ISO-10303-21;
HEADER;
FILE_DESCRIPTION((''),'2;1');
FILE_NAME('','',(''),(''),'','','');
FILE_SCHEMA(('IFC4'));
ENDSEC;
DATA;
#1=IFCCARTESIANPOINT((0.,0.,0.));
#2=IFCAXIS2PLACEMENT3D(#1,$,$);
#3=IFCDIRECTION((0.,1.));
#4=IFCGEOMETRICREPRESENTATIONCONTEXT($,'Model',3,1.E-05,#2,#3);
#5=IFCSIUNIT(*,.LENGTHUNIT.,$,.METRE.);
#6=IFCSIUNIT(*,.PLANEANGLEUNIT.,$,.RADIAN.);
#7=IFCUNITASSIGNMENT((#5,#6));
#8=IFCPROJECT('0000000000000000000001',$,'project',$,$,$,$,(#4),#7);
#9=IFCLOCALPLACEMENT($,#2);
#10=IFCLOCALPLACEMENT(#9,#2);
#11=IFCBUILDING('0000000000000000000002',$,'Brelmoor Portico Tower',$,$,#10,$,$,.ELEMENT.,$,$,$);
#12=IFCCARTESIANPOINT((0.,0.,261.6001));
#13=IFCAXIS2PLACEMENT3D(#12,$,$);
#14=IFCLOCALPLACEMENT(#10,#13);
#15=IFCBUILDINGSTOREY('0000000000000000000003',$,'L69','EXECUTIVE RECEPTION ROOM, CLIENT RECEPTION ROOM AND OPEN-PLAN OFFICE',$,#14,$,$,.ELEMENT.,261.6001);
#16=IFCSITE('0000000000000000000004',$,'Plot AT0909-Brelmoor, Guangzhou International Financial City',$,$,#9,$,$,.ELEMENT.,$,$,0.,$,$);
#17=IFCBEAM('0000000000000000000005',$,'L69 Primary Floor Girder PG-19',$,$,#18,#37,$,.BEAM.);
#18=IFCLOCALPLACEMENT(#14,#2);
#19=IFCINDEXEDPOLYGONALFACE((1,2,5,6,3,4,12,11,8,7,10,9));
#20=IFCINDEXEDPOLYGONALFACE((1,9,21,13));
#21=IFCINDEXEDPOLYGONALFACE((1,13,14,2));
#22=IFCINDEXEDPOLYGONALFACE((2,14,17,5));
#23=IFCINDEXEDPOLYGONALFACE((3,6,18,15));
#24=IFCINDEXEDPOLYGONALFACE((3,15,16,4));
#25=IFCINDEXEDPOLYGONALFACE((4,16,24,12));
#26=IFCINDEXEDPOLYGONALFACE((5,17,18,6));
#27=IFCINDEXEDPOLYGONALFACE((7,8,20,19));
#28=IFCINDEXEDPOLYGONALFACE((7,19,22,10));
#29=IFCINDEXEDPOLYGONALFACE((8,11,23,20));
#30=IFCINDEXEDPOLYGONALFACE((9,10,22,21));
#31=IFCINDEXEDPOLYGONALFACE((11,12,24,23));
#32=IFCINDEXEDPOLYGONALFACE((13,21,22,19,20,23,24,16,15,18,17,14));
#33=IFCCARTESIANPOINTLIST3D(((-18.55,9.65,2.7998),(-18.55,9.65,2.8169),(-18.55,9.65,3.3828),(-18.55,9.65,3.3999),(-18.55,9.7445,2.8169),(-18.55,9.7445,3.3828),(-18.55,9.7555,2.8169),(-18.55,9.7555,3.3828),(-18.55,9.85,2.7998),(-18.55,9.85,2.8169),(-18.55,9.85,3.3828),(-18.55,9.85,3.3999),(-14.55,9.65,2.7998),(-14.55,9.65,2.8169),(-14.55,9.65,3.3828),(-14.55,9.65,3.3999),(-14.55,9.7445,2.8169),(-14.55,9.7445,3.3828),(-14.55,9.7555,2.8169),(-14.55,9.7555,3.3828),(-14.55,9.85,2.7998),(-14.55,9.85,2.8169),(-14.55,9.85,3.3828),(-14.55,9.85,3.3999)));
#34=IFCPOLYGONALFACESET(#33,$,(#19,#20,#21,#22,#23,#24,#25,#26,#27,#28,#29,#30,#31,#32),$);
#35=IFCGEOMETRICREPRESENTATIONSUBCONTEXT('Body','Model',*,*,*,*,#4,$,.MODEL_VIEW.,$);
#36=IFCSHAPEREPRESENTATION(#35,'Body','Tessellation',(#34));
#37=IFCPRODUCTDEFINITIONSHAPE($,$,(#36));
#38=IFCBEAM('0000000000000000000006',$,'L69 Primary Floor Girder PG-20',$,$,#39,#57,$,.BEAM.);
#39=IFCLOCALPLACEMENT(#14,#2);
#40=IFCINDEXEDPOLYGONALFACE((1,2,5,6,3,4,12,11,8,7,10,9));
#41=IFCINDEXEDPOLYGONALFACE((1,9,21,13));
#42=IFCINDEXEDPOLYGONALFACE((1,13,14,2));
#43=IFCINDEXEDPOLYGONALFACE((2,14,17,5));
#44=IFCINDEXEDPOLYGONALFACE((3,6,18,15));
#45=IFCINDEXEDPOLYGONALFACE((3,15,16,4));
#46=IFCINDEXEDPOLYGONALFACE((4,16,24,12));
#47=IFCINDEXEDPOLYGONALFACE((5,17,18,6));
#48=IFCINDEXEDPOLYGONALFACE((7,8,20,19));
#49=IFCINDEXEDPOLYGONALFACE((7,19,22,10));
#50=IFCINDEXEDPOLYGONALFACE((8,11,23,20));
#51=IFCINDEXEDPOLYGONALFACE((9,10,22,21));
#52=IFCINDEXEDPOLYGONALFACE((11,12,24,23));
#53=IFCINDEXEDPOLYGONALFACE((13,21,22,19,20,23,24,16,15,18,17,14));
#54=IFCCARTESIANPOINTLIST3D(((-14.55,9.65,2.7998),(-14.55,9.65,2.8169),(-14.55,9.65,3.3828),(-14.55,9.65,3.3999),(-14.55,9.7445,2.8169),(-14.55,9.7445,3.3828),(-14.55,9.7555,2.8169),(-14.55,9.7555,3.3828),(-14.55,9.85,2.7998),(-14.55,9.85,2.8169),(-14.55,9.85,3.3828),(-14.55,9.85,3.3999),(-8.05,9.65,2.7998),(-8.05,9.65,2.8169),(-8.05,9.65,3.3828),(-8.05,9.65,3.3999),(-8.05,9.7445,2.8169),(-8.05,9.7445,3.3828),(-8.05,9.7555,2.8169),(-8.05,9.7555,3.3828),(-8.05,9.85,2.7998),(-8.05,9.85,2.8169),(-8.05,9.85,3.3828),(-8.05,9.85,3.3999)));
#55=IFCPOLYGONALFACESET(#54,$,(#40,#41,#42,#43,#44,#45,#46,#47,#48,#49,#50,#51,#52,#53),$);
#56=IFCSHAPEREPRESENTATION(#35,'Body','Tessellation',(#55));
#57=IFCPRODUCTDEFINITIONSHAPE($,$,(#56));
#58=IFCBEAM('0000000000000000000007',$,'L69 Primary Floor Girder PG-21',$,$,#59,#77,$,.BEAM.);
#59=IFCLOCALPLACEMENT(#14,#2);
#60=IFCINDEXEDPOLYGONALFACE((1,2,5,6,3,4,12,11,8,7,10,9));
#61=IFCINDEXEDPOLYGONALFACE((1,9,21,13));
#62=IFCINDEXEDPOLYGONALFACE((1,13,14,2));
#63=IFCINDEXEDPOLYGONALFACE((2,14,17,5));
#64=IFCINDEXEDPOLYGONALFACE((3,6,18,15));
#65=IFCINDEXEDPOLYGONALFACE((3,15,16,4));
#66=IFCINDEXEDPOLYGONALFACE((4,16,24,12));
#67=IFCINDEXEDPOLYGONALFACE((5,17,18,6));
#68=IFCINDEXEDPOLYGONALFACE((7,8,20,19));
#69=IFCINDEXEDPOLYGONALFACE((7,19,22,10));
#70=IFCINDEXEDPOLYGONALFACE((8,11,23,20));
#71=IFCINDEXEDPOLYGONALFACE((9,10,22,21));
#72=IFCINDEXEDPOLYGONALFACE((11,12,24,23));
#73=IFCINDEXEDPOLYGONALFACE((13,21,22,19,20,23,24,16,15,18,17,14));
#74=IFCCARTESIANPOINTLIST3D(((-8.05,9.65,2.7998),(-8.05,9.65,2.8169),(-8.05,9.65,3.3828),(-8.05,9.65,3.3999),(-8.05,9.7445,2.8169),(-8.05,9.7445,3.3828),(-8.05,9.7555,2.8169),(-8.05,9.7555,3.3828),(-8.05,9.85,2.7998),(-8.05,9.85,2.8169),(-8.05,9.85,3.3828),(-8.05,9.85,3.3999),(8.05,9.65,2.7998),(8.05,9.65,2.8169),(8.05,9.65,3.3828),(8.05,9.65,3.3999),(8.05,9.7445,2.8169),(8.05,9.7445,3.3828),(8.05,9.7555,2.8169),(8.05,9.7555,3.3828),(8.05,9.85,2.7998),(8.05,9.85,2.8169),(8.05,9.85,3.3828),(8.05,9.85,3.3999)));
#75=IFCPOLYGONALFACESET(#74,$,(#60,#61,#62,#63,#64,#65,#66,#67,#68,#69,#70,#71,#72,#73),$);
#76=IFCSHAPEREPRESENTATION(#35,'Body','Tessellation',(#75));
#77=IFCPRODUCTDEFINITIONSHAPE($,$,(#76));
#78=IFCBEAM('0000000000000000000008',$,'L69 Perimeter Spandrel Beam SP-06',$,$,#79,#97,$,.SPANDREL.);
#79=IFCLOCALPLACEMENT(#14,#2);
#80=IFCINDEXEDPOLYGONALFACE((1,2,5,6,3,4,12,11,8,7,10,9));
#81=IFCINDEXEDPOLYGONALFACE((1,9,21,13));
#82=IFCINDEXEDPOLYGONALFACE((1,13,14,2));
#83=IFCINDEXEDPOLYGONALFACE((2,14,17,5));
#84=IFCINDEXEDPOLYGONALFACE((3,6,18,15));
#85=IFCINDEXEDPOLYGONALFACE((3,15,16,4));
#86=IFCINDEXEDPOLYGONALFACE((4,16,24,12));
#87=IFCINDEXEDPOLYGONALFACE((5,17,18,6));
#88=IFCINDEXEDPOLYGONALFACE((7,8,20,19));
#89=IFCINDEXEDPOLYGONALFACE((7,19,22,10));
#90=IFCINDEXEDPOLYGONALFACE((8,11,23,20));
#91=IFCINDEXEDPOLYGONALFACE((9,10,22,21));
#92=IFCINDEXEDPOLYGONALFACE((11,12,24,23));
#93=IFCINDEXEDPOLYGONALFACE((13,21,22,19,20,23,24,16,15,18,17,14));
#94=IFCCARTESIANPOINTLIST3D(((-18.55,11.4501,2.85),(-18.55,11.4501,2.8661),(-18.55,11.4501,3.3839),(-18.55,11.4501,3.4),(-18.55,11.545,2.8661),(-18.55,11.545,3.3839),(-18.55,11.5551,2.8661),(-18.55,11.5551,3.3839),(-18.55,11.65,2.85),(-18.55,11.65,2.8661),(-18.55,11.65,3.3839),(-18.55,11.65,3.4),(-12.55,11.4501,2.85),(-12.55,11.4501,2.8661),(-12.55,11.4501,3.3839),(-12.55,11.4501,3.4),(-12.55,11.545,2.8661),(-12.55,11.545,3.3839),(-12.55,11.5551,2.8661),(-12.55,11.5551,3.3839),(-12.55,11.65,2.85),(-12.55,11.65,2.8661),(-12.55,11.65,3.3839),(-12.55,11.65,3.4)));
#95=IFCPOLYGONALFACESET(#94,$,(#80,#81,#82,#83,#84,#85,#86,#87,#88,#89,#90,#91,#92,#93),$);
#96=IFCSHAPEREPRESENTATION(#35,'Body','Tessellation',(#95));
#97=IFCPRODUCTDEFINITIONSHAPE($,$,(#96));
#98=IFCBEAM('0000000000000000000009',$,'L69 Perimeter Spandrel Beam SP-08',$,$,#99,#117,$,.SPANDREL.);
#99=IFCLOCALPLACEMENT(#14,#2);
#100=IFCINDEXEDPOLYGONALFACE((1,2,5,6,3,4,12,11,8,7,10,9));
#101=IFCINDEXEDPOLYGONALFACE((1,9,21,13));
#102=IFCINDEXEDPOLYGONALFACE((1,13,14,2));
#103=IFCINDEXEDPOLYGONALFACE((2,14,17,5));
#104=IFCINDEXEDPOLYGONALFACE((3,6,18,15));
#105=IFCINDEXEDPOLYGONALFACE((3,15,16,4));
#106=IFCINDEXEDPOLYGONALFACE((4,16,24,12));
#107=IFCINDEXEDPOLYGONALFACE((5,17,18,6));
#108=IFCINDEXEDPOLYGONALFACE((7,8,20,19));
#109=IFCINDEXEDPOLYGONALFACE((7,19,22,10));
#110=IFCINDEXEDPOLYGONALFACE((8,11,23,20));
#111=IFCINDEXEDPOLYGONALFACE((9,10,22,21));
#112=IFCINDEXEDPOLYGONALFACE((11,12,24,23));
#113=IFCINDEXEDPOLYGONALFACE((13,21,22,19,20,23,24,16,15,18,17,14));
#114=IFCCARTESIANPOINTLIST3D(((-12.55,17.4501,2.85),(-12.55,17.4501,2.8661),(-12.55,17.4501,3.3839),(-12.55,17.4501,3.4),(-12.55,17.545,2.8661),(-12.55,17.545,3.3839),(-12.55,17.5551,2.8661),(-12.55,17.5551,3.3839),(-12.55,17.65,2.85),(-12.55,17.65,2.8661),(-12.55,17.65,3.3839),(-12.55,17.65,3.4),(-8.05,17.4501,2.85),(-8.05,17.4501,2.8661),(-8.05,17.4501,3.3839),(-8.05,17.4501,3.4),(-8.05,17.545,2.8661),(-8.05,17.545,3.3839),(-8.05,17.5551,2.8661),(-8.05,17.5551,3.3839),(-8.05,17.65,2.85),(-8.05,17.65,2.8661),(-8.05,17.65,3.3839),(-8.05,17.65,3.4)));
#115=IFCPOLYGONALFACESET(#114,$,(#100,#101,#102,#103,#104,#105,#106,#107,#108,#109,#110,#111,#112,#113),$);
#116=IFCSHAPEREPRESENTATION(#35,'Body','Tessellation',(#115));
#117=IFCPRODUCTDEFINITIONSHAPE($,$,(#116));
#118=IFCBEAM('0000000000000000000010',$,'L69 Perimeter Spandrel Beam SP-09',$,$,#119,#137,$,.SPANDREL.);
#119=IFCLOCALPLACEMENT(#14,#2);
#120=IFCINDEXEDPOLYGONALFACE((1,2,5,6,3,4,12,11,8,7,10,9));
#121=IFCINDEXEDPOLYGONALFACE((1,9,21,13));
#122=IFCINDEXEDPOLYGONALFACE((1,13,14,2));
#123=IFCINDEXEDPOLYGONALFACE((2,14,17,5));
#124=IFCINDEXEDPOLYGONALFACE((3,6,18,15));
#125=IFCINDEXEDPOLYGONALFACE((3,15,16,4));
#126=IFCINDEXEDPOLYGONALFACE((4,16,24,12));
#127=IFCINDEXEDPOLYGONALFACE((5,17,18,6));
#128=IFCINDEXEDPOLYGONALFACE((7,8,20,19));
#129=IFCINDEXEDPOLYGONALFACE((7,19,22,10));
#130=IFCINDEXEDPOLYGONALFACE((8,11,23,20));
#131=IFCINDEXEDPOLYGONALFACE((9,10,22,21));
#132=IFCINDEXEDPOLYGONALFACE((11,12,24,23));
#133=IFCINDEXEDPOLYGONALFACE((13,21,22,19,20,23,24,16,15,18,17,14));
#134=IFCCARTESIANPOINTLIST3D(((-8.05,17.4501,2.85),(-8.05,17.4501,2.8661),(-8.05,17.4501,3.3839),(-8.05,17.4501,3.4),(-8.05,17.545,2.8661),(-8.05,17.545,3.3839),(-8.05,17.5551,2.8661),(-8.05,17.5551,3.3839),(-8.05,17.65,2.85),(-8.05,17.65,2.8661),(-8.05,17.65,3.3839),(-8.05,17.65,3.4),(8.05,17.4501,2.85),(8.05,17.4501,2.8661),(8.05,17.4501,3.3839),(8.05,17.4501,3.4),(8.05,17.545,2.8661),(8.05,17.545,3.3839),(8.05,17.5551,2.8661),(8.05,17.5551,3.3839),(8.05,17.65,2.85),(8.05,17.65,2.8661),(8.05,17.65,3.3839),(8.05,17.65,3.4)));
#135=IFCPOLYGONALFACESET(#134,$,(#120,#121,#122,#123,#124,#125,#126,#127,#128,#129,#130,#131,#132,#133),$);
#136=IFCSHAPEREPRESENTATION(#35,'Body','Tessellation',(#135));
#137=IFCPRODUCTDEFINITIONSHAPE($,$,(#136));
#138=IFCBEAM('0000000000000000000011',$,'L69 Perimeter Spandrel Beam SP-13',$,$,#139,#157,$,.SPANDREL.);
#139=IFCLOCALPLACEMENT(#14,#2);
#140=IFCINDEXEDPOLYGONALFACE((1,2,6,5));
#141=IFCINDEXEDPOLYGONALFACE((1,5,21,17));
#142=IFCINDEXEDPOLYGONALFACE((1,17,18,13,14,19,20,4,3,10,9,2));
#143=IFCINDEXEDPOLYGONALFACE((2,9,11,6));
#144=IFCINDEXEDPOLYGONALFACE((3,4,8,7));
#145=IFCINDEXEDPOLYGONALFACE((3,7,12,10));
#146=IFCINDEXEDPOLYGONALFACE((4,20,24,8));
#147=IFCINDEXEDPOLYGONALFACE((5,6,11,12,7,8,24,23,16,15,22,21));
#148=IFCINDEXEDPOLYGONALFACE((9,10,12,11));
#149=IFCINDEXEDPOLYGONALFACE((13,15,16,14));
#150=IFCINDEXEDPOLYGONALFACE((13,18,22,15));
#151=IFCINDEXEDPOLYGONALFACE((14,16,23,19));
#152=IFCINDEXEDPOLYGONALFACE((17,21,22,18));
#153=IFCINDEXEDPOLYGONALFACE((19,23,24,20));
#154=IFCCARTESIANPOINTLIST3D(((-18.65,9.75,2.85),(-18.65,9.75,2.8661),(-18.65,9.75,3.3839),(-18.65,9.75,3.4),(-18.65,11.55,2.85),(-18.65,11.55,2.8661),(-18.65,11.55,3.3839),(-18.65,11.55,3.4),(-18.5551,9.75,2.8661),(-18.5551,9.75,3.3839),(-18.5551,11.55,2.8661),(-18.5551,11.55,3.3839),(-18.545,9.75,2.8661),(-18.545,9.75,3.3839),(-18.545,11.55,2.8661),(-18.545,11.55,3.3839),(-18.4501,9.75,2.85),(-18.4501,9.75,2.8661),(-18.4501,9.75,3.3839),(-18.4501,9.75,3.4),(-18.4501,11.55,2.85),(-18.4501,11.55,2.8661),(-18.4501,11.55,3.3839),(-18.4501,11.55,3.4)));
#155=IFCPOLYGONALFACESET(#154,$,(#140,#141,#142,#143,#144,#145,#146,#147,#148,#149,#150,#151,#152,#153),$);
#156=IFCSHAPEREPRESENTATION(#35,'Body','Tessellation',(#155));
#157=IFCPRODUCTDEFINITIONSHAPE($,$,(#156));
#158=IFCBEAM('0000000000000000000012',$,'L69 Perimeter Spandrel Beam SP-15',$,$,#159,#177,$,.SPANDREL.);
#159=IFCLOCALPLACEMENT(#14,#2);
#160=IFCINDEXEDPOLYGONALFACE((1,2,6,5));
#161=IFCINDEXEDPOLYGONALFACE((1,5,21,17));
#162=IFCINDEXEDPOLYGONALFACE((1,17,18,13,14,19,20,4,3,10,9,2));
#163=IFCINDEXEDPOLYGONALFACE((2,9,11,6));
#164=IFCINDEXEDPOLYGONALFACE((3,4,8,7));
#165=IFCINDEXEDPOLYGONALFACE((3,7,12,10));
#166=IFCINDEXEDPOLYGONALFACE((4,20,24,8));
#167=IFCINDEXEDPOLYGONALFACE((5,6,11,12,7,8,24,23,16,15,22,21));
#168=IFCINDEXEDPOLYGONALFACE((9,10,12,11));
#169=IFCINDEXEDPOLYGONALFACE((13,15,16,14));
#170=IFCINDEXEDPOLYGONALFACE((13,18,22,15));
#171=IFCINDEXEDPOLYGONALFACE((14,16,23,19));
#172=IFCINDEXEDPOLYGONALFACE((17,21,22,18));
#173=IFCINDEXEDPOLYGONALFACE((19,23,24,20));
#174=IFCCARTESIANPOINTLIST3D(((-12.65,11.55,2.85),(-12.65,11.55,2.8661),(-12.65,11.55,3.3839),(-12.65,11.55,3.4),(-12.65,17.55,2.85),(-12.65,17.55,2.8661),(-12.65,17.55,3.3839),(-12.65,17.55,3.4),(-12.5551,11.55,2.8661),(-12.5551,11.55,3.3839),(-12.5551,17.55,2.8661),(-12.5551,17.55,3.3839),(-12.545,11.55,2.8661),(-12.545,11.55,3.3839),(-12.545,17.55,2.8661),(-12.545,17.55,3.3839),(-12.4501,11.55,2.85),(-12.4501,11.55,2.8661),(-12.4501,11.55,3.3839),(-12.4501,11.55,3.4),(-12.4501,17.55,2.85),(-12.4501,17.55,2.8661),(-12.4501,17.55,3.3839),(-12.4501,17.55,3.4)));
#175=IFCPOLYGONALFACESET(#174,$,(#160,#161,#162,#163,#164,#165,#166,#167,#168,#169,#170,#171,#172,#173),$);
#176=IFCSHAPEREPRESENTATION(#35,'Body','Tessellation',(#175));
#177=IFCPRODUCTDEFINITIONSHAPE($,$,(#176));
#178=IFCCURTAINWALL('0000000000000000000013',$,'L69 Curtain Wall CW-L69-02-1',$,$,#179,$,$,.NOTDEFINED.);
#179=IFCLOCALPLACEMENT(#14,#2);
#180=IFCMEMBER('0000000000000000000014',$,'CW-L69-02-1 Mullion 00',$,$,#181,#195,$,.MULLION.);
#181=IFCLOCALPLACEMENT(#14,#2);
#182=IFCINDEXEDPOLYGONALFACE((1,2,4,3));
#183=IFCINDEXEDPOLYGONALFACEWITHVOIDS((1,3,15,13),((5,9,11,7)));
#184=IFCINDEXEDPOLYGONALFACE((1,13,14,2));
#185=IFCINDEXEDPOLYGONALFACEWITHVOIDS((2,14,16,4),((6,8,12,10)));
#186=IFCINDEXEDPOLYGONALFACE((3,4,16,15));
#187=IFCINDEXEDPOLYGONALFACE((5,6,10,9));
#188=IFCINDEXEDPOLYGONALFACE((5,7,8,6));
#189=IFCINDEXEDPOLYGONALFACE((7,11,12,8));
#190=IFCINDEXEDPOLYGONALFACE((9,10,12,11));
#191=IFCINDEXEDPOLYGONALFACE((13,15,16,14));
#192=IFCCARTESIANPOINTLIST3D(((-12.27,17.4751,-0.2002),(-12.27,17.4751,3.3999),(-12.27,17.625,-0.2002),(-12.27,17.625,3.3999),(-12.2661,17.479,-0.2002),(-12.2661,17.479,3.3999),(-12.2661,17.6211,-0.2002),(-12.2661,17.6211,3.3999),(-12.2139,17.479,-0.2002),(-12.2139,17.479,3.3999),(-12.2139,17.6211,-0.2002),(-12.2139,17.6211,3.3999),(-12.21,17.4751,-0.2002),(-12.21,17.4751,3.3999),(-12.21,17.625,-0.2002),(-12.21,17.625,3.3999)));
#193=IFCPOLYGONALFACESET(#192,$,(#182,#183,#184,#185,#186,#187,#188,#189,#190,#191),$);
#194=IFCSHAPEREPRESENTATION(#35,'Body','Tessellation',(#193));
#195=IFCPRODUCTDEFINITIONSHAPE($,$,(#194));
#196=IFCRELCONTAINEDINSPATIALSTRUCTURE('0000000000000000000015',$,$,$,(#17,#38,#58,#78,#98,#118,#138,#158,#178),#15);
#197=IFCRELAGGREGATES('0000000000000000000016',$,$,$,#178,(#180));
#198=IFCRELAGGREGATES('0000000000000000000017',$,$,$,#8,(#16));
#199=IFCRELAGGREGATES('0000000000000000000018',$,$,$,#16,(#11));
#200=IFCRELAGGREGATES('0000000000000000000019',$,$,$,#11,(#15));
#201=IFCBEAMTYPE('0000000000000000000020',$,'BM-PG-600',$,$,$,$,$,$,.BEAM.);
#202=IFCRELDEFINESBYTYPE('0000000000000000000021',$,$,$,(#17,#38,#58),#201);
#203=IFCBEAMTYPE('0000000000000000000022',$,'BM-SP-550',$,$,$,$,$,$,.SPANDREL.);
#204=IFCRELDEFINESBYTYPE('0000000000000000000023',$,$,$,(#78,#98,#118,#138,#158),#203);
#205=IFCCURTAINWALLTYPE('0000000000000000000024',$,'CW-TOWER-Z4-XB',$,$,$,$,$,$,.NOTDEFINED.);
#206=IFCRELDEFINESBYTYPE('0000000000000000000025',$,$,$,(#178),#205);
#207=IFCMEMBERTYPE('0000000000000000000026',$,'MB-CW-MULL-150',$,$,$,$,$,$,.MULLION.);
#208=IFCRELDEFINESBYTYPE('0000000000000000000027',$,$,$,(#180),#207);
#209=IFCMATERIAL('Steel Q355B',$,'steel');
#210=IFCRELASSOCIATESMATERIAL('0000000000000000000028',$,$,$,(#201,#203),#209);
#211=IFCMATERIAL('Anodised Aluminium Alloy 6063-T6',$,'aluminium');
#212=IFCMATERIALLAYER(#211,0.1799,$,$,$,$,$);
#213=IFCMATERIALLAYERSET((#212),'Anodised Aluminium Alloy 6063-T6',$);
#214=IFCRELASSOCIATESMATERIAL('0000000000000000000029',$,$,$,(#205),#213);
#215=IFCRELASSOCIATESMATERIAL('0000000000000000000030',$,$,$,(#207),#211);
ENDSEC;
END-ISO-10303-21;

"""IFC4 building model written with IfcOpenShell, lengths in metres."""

from ifc_helpers import new_model, si_unit, direction, frame, origin, origin_2d, place, context, subcontext, project, spatial, hollow_rectangle, i_section, extrude, material, layer, layer_set, material_profile, profile_set, type_object, element, aggregate, save


model = new_model("IFC4")

# Units and contexts
model_context = context("Model", 3, precision=1e-05, world=origin(), true_north=direction((0.0, 1.0)))
body_context = subcontext(model_context, "Body", "Model", "MODEL_VIEW")
ifc_project = project(units=[si_unit("LENGTHUNIT", "METRE"), si_unit("PLANEANGLEUNIT", "RADIAN")], contexts=[model_context])

# Site, building, storey
site_placement = place(None, origin())
site = spatial("IfcSite", under=ifc_project, at=site_placement, Name="Plot AT0909-Brelmoor, Guangzhou International Financial City", CompositionType="ELEMENT", RefElevation=0.0)
building_placement = place(site_placement, origin())
building = spatial("IfcBuilding", under=site, at=building_placement, Name="Brelmoor Portico Tower", CompositionType="ELEMENT")
storey_placement = place(building_placement, frame((0.0, 0.0, 261.6001)))
storey = spatial("IfcBuildingStorey", under=building, at=storey_placement, Name="L69", Description="EXECUTIVE RECEPTION ROOM, CLIENT RECEPTION ROOM AND OPEN-PLAN OFFICE", CompositionType="ELEMENT", Elevation=261.6001)

# Shared definitions
ifc_material_1 = material(Name="Steel Q355B", Category="steel")

# Beams
ifc_material_profile_1 = material_profile(ifc_material_1, i_section(OverallWidth=0.2, OverallDepth=0.6001, WebThickness=0.011, FlangeThickness=0.0171, at=origin_2d()), Name="HN 600x200x11x17")
ifc_profile_set_1 = profile_set([ifc_material_profile_1], Name="Steel Q355B")
beam_type_1 = type_object("IfcBeamType", Name="BM-PG-600", PredefinedType="BEAM", material=ifc_profile_set_1)
beam_1_placement = place(storey_placement, frame((-18.55, 9.75, 3.0999), z_axis=(1.0, 0.0, 0.0), x_axis=(0.0, 1.0, 0.0)))
element("IfcBeam", 1, at=beam_1_placement, inside=storey, type_object=beam_type_1, Name="L69 Primary Floor Girder PG-19", PredefinedType="BEAM", context=body_context, shape_type="SweptSolid", body=[
    extrude(i_section(OverallWidth=0.2, OverallDepth=0.6001, WebThickness=0.011, FlangeThickness=0.0171, at=origin_2d()), origin(), (0.0, 0.0, 1.0), 4.0),
])
beam_2_placement = place(storey_placement, frame((-14.55, 9.75, 3.0999), z_axis=(1.0, 0.0, 0.0), x_axis=(0.0, 1.0, 0.0)))
element("IfcBeam", 2, at=beam_2_placement, inside=storey, type_object=beam_type_1, Name="L69 Primary Floor Girder PG-20", PredefinedType="BEAM", context=body_context, shape_type="SweptSolid", body=[
    extrude(i_section(OverallWidth=0.2, OverallDepth=0.6001, WebThickness=0.011, FlangeThickness=0.0171, at=origin_2d()), origin(), (0.0, 0.0, 1.0), 6.5),
])
beam_3_placement = place(storey_placement, frame((-8.05, 9.75, 3.0999), z_axis=(1.0, 0.0, 0.0), x_axis=(0.0, 1.0, 0.0)))
element("IfcBeam", 3, at=beam_3_placement, inside=storey, type_object=beam_type_1, Name="L69 Primary Floor Girder PG-21", PredefinedType="BEAM", context=body_context, shape_type="SweptSolid", body=[
    extrude(i_section(OverallWidth=0.2, OverallDepth=0.6001, WebThickness=0.011, FlangeThickness=0.0171, at=origin_2d()), origin(), (0.0, 0.0, 1.0), 16.1001),
])
ifc_material_profile_2 = material_profile(ifc_material_1, i_section(OverallWidth=0.2, OverallDepth=0.55, WebThickness=0.01, FlangeThickness=0.0161, at=origin_2d()), Name="HN 550x200x10x16")
ifc_profile_set_2 = profile_set([ifc_material_profile_2], Name="Steel Q355B")
beam_type_2 = type_object("IfcBeamType", Name="BM-SP-550", PredefinedType="SPANDREL", material=ifc_profile_set_2)
beam_4_placement = place(storey_placement, frame((-18.55, 11.55, 3.125), z_axis=(1.0, 0.0, 0.0), x_axis=(0.0, 1.0, 0.0)))
element("IfcBeam", 4, at=beam_4_placement, inside=storey, type_object=beam_type_2, Name="L69 Perimeter Spandrel Beam SP-06", PredefinedType="SPANDREL", context=body_context, shape_type="SweptSolid", body=[
    extrude(i_section(OverallWidth=0.2, OverallDepth=0.55, WebThickness=0.01, FlangeThickness=0.0161, at=origin_2d()), origin(), (0.0, 0.0, 1.0), 6.0),
])
beam_5_placement = place(storey_placement, frame((-12.55, 17.55, 3.125), z_axis=(1.0, 0.0, 0.0), x_axis=(0.0, 1.0, 0.0)))
element("IfcBeam", 5, at=beam_5_placement, inside=storey, type_object=beam_type_2, Name="L69 Perimeter Spandrel Beam SP-08", PredefinedType="SPANDREL", context=body_context, shape_type="SweptSolid", body=[
    extrude(i_section(OverallWidth=0.2, OverallDepth=0.55, WebThickness=0.01, FlangeThickness=0.0161, at=origin_2d()), origin(), (0.0, 0.0, 1.0), 4.5),
])
beam_6_placement = place(storey_placement, frame((-8.05, 17.55, 3.125), z_axis=(1.0, 0.0, 0.0), x_axis=(0.0, 1.0, 0.0)))
element("IfcBeam", 6, at=beam_6_placement, inside=storey, type_object=beam_type_2, Name="L69 Perimeter Spandrel Beam SP-09", PredefinedType="SPANDREL", context=body_context, shape_type="SweptSolid", body=[
    extrude(i_section(OverallWidth=0.2, OverallDepth=0.55, WebThickness=0.01, FlangeThickness=0.0161, at=origin_2d()), origin(), (0.0, 0.0, 1.0), 16.1001),
])
beam_7_placement = place(storey_placement, frame((-18.55, 9.75, 3.125), z_axis=(0.0, 1.0, 0.0), x_axis=(-1.0, 0.0, 0.0)))
element("IfcBeam", 7, at=beam_7_placement, inside=storey, type_object=beam_type_2, Name="L69 Perimeter Spandrel Beam SP-13", PredefinedType="SPANDREL", context=body_context, shape_type="SweptSolid", body=[
    extrude(i_section(OverallWidth=0.2, OverallDepth=0.55, WebThickness=0.01, FlangeThickness=0.0161, at=origin_2d()), origin(), (0.0, 0.0, 1.0), 1.8),
])
beam_8_placement = place(storey_placement, frame((-12.55, 11.55, 3.125), z_axis=(0.0, 1.0, 0.0), x_axis=(-1.0, 0.0, 0.0)))
element("IfcBeam", 8, at=beam_8_placement, inside=storey, type_object=beam_type_2, Name="L69 Perimeter Spandrel Beam SP-15", PredefinedType="SPANDREL", context=body_context, shape_type="SweptSolid", body=[
    extrude(i_section(OverallWidth=0.2, OverallDepth=0.55, WebThickness=0.01, FlangeThickness=0.0161, at=origin_2d()), origin(), (0.0, 0.0, 1.0), 6.0),
])

# Curtain wall, member
ifc_material_2 = material(Name="Anodised Aluminium Alloy 6063-T6", Category="aluminium")
ifc_layer_1 = layer(ifc_material_2, 0.1799)
ifc_layer_set_1 = layer_set([ifc_layer_1], Name="Anodised Aluminium Alloy 6063-T6")
curtain_wall_type_1 = type_object("IfcCurtainWallType", Name="CW-TOWER-Z4-XB", PredefinedType="NOTDEFINED", material=ifc_layer_set_1)
curtain_wall_1_placement = place(storey_placement, origin())
curtain_wall_1 = element("IfcCurtainWall", 9, at=curtain_wall_1_placement, inside=storey, type_object=curtain_wall_type_1, Name="L69 Curtain Wall CW-L69-02-1", PredefinedType="NOTDEFINED")
ifc_material_profile_3 = material_profile(ifc_material_2, hollow_rectangle(XDim=0.0601, YDim=0.1499, WallThickness=0.0039, at=origin_2d()), Name="ALU MULLION 60x150")
ifc_profile_set_3 = profile_set([ifc_material_profile_3], Name="Anodised Aluminium Alloy 6063-T6")
member_type_1 = type_object("IfcMemberType", Name="MB-CW-MULL-150", PredefinedType="MULLION", material=ifc_profile_set_3)
member_1_placement = place(storey_placement, frame((-12.24, 17.55, -0.2002), z_axis=(0.0, 0.0, 1.0), x_axis=(1.0, 0.0, 0.0)))
member_1 = element("IfcMember", 10, at=member_1_placement, type_object=member_type_1, Name="CW-L69-02-1 Mullion 00", PredefinedType="MULLION", context=body_context, shape_type="SweptSolid", body=[
    extrude(hollow_rectangle(XDim=0.0601, YDim=0.1499, WallThickness=0.0039, at=origin_2d()), origin(), (0.0, 0.0, 1.0), 3.6001),
])

aggregate(curtain_wall_1, [member_1])

save(model, "model.ifc")
